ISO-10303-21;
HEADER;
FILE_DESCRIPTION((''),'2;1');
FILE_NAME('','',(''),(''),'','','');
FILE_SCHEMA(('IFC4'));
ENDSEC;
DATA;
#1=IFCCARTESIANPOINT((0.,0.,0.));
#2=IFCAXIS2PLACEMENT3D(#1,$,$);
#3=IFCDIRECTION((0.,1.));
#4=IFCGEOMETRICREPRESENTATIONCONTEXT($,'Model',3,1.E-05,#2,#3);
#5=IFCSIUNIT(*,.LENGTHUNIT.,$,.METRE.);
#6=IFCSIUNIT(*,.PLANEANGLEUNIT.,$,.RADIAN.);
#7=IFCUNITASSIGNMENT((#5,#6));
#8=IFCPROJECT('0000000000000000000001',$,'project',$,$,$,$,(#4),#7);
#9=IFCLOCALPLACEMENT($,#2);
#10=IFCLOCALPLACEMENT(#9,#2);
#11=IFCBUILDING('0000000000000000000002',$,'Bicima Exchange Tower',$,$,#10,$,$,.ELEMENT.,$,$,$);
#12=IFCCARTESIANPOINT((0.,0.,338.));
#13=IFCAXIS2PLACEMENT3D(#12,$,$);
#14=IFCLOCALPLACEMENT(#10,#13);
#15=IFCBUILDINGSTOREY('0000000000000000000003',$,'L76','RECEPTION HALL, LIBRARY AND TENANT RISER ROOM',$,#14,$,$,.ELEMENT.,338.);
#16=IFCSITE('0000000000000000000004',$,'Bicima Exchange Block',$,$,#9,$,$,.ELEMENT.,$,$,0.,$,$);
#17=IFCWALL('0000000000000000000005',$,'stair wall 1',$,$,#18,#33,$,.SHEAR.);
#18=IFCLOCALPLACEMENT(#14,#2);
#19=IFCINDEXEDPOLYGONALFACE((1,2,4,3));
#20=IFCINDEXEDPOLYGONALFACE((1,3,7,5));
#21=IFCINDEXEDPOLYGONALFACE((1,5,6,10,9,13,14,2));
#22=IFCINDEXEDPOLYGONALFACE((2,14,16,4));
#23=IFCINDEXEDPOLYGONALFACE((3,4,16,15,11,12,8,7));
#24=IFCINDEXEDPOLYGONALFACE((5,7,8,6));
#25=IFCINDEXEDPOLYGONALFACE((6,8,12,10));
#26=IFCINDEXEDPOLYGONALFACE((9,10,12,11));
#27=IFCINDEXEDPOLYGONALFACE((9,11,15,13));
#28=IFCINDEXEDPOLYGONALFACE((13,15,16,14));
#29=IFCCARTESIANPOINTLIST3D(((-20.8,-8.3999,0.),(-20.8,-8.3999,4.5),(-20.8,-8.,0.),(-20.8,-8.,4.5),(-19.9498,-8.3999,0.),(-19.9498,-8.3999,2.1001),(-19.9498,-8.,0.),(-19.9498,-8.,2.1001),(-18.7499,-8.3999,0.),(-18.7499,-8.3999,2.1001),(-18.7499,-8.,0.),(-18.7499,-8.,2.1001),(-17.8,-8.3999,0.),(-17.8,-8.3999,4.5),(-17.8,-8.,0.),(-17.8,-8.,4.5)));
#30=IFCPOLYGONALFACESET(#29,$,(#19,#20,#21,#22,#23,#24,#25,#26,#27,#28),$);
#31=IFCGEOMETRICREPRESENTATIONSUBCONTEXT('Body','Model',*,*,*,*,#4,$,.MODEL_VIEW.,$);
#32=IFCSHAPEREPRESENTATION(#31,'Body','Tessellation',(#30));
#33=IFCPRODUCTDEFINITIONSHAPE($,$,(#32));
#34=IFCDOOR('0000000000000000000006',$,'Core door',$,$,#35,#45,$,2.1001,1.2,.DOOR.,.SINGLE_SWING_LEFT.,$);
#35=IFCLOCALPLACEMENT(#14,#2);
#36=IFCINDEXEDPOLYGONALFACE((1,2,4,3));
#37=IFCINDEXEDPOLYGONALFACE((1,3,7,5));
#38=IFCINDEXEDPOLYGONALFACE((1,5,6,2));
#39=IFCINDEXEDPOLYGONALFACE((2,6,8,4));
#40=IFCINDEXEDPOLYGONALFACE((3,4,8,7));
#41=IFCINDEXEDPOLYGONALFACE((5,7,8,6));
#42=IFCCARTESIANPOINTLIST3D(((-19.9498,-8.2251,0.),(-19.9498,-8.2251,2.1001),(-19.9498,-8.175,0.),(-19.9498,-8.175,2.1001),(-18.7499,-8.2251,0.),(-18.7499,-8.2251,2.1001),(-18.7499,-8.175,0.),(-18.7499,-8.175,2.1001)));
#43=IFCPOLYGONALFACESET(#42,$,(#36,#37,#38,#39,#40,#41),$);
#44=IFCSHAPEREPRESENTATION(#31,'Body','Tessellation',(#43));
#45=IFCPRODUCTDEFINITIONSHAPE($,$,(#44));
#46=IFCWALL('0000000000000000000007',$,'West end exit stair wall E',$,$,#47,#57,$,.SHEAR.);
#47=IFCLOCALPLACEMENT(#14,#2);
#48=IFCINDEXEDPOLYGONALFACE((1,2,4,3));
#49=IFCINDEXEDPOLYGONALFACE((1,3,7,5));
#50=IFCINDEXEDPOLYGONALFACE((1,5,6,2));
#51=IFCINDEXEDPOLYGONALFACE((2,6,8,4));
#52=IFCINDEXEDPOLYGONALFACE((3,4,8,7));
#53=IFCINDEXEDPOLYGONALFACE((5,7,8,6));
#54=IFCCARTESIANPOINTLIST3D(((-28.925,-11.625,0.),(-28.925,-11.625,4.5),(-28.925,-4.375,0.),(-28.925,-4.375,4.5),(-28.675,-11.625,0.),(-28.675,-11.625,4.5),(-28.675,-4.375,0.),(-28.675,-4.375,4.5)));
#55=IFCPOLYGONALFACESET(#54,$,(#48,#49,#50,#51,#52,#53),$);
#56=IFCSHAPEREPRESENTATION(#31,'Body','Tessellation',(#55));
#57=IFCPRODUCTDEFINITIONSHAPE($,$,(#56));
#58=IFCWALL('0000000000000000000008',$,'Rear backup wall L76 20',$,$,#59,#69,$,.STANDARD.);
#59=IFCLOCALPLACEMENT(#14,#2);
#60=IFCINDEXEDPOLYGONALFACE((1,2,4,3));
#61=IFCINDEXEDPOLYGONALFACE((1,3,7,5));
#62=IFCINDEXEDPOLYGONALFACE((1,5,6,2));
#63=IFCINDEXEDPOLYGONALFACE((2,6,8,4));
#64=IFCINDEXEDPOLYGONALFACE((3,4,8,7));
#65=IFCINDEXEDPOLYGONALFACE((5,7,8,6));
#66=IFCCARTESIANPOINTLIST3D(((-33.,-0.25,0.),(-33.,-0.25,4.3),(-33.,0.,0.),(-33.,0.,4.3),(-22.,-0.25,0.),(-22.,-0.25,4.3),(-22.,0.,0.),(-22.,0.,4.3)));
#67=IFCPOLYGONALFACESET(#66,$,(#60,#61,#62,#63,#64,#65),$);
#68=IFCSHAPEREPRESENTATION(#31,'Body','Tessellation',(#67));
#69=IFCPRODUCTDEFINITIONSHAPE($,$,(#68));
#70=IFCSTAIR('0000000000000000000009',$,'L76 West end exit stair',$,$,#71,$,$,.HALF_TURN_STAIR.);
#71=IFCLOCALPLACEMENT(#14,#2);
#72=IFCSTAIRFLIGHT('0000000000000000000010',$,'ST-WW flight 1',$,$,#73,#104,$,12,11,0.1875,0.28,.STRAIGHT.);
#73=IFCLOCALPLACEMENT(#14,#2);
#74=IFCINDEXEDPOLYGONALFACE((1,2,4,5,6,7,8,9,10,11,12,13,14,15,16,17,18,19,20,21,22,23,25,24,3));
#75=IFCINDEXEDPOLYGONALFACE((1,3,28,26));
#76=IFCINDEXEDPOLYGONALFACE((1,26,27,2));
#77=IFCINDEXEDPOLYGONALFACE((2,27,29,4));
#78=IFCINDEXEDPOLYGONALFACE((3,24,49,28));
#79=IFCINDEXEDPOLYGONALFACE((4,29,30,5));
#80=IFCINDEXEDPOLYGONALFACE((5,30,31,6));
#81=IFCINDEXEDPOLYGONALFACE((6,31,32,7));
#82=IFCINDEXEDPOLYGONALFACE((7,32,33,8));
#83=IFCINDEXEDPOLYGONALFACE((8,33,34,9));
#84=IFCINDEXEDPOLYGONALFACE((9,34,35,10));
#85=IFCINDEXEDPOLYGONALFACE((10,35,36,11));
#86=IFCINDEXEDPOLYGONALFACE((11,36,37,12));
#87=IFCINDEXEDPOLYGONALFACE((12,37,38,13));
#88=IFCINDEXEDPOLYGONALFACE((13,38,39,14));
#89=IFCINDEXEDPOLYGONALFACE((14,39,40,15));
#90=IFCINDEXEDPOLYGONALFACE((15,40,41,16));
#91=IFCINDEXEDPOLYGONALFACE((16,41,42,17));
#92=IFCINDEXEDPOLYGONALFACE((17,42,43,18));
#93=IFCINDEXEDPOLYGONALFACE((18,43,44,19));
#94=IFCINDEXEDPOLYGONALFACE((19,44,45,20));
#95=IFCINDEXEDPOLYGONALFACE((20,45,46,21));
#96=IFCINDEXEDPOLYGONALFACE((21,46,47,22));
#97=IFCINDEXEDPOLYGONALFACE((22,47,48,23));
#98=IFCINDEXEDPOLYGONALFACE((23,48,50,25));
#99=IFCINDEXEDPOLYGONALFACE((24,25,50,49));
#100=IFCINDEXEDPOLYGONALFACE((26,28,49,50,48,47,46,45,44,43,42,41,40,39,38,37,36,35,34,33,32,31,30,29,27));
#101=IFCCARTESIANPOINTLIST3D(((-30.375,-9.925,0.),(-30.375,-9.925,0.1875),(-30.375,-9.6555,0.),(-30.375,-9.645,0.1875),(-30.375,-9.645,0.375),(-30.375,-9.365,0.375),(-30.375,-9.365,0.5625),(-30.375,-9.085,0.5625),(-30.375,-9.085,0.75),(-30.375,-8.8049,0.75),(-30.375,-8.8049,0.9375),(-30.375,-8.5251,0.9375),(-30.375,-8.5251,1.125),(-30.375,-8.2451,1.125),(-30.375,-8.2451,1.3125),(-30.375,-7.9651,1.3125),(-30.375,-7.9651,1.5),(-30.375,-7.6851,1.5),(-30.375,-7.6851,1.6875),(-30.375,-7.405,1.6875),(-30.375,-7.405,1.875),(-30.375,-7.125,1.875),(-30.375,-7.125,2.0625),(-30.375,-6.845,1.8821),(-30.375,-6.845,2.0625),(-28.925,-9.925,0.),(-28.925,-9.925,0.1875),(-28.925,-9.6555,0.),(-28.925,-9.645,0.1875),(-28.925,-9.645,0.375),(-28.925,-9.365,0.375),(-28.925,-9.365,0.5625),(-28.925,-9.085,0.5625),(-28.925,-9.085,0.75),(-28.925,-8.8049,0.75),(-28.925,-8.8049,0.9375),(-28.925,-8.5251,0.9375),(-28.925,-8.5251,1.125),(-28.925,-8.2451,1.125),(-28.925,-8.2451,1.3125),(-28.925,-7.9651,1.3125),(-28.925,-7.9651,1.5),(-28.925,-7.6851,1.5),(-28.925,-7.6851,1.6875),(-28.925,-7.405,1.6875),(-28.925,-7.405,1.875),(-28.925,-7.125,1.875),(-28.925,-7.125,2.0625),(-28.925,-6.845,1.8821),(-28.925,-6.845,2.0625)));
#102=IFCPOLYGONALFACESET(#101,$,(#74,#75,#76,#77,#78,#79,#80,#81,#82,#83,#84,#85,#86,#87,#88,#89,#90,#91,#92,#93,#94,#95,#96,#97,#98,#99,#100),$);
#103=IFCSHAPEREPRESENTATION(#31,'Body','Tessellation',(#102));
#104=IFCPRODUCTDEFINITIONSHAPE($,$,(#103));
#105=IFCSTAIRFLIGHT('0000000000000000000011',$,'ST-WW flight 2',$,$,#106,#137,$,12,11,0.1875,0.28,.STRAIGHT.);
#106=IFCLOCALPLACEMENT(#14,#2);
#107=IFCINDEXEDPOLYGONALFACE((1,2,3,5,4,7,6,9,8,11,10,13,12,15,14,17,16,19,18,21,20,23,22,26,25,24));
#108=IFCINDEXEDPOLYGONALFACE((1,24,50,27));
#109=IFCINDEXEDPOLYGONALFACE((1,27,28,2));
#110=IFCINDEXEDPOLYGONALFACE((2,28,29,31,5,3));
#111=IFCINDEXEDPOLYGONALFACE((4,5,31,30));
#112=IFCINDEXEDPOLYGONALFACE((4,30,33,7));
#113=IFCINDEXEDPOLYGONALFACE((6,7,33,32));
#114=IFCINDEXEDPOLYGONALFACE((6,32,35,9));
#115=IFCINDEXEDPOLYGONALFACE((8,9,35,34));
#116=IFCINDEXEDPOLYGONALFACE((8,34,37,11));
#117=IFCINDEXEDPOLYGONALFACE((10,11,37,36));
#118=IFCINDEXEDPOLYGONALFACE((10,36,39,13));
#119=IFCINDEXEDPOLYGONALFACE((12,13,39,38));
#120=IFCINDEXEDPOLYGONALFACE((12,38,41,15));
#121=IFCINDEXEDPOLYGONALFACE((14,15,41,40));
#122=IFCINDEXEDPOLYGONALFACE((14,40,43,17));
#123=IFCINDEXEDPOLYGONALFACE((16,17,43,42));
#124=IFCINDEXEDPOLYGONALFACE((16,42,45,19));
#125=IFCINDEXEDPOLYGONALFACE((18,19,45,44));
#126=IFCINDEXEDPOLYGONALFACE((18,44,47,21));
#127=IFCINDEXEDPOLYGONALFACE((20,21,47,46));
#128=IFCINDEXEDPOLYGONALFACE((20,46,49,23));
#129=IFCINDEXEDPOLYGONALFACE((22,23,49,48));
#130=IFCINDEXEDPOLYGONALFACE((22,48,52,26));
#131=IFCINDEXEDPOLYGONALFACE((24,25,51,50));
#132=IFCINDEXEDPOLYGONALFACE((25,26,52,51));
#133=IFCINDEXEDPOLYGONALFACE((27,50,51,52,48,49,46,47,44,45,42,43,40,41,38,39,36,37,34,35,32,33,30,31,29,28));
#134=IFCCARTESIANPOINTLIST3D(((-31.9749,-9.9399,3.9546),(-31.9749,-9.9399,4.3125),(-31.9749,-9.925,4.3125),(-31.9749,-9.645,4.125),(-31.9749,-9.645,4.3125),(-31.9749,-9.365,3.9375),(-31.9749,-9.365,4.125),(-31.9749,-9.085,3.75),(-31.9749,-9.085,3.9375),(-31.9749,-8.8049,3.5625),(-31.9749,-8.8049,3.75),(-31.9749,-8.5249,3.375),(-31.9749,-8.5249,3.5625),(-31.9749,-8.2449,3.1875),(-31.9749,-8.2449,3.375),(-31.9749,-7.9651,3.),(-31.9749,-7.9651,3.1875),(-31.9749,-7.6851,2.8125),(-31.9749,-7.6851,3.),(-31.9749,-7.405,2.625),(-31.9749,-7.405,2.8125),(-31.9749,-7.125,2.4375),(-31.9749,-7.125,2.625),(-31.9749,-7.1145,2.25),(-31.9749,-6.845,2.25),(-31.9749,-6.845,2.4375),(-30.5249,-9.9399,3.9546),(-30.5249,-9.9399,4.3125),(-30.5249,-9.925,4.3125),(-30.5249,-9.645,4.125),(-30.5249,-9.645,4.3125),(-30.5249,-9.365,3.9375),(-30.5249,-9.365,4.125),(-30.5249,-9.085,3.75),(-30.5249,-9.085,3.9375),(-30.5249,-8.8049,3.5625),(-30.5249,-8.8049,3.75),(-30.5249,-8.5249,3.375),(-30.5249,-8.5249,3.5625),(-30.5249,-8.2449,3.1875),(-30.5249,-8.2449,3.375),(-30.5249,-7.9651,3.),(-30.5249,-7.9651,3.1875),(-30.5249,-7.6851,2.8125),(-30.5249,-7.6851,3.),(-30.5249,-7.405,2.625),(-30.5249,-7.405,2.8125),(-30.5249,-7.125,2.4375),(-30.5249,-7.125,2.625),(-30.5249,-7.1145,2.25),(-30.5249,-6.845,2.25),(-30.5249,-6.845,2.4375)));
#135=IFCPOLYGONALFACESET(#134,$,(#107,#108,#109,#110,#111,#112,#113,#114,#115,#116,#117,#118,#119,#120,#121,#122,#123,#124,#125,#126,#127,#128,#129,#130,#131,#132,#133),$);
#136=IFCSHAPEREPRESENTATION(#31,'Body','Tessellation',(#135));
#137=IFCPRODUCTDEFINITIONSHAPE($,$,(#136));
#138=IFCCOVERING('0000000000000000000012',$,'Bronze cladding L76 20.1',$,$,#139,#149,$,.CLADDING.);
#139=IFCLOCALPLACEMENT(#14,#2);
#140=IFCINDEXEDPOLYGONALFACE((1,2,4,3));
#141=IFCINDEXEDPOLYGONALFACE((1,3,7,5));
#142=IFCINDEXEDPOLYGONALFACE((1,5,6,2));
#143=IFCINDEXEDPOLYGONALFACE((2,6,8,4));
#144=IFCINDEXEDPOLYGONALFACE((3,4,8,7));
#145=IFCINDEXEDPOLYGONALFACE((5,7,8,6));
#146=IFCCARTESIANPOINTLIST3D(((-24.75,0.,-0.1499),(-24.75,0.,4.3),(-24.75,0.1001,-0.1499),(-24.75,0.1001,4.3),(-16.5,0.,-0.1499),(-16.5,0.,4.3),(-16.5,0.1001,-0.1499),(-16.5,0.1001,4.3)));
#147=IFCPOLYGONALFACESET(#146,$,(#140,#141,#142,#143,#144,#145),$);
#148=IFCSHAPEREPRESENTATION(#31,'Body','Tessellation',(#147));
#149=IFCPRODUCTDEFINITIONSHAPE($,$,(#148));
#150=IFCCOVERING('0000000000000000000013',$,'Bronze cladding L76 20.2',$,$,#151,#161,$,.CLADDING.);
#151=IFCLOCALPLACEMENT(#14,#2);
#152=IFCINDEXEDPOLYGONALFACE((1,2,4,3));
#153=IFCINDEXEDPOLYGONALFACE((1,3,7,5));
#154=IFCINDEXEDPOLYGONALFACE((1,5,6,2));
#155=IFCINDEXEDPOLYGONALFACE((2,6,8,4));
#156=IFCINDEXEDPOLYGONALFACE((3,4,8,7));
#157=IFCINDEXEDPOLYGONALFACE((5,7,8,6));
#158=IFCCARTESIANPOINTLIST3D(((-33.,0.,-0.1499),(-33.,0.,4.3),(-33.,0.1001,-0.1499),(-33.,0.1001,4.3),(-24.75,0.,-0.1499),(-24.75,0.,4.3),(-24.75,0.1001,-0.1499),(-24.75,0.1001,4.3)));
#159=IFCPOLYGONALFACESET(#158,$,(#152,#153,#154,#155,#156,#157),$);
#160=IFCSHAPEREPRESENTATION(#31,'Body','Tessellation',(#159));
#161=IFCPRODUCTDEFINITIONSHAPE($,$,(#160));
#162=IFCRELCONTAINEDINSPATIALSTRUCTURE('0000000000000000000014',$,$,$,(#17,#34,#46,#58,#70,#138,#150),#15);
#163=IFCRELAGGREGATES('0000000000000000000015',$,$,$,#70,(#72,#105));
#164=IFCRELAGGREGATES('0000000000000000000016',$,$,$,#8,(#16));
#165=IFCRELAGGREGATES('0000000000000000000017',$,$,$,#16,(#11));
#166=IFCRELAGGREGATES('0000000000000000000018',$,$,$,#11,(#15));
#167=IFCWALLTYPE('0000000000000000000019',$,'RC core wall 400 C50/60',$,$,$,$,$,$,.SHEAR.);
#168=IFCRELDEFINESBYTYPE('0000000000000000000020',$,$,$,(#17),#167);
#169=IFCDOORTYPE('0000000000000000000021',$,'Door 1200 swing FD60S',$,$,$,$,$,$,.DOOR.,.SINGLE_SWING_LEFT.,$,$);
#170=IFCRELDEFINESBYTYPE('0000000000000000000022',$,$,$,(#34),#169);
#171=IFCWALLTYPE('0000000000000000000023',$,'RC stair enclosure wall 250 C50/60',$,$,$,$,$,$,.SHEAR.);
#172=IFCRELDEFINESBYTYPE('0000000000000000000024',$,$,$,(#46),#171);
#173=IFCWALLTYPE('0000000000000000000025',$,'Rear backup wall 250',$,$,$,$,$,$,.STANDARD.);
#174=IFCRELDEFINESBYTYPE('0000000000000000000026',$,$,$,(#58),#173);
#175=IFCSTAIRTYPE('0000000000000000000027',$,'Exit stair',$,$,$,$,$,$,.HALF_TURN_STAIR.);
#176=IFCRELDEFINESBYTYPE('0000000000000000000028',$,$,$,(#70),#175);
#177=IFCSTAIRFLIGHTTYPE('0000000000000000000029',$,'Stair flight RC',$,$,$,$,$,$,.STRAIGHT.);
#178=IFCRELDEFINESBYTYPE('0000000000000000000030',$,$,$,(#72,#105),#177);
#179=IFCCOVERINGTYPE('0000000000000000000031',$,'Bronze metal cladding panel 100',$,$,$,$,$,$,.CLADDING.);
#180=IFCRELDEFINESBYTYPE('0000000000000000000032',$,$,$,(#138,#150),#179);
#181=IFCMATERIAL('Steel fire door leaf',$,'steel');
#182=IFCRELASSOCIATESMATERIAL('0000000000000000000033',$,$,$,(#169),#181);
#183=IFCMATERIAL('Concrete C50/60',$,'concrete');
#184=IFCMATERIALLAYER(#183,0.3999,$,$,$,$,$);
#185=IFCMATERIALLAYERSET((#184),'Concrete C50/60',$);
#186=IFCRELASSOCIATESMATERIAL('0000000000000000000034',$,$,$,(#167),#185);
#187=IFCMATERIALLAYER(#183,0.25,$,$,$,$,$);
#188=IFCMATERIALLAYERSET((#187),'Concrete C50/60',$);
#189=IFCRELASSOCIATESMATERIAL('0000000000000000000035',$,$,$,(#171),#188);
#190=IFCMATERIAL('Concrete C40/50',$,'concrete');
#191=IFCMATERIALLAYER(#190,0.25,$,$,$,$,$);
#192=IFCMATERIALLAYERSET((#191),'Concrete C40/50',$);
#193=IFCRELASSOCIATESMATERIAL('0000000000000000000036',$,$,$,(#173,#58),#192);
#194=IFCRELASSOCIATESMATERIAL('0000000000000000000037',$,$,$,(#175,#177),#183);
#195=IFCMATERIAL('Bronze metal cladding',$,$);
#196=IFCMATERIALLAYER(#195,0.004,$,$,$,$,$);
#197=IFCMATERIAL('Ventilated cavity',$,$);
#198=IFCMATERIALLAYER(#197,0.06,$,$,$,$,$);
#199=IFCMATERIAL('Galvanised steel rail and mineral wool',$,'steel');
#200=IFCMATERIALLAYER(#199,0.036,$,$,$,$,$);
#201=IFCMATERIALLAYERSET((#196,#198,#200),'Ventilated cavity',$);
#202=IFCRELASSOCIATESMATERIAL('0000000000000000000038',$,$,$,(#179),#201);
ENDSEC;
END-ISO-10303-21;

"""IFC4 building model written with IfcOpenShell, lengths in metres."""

from ifc_helpers import new_model, si_unit, direction, frame, frame_2d, origin, origin_2d, place, context, subcontext, project, spatial, polyline, rectangle, outline, extrude, material, layer, layer_set, layer_usage, type_object, element, fill, aggregate, save


model = new_model("IFC4")

# Units and contexts
model_context = context("Model", 3, precision=1e-05, world=origin(), true_north=direction((0.0, 1.0)))
body_context = subcontext(model_context, "Body", "Model", "MODEL_VIEW")
ifc_project = project(units=[si_unit("LENGTHUNIT", "METRE"), si_unit("PLANEANGLEUNIT", "RADIAN")], contexts=[model_context])

# Site, building, storey
site_placement = place(None, origin())
site = spatial("IfcSite", under=ifc_project, at=site_placement, Name="Bicima Exchange Block", CompositionType="ELEMENT", RefElevation=0.0)
building_placement = place(site_placement, origin())
building = spatial("IfcBuilding", under=site, at=building_placement, Name="Bicima Exchange Tower", CompositionType="ELEMENT")
storey_placement = place(building_placement, frame((0.0, 0.0, 338.0)))
storey = spatial("IfcBuildingStorey", under=building, at=storey_placement, Name="L76", Description="RECEPTION HALL, LIBRARY AND TENANT RISER ROOM", CompositionType="ELEMENT", Elevation=338.0)

# Shared definitions
ifc_material_1 = material(Name="Concrete C40/50", Category="concrete")
ifc_material_2 = material(Name="Steel fire door leaf", Category="steel")
door_type_1 = type_object("IfcDoorType", Name="Door 1200 swing FD60S", OperationType="SINGLE_SWING_LEFT", PredefinedType="DOOR", material=ifc_material_2)

# Wall, opening, door
ifc_material_3 = material(Name="Concrete C50/60", Category="concrete")
ifc_layer_1 = layer(ifc_material_3, 0.3999)
ifc_layer_set_1 = layer_set([ifc_layer_1], Name="Concrete C50/60")
wall_type_1 = type_object("IfcWallType", Name="RC core wall 400 C50/60", PredefinedType="SHEAR", material=ifc_layer_set_1)
wall_1_placement = place(storey_placement, frame((-20.8, -8.2, 0.0), z_axis=(0.0, 0.0, 1.0), x_axis=(1.0, 0.0, 0.0)))
wall_1 = element("IfcWall", 1, at=wall_1_placement, inside=storey, type_object=wall_type_1, Name="stair wall 1", PredefinedType="SHEAR", context=body_context, shape_type="SweptSolid", body=[
    extrude(rectangle(XDim=3.0, YDim=0.3999, at=frame_2d((1.5, 0.0))), origin(), (0.0, 0.0, 1.0), 4.5),
])
opening_1_placement = place(wall_1_placement, frame((0.8501, 0.0, 0.0)))
opening_1 = element("IfcOpeningElement", 2, at=opening_1_placement, cuts=wall_1, PredefinedType="OPENING", context=body_context, shape_type="SweptSolid", body=[
    extrude(rectangle(XDim=1.2, YDim=2.1001, at=frame_2d((0.6001, 1.05))), frame((0.0, 0.2119, 0.0), z_axis=(0.0, -1.0, 0.0), x_axis=(1.0, 0.0, 0.0)), (0.0, 0.0, 1.0), 0.4238),
])
door_1_placement = place(opening_1_placement, origin())
door_1 = element("IfcDoor", 3, at=door_1_placement, inside=storey, type_object=door_type_1, Name="Core door", OperationType="SINGLE_SWING_LEFT", OverallHeight=2.1001, OverallWidth=1.2, PredefinedType="DOOR", context=body_context, shape_type="SweptSolid", body=[
    extrude(rectangle(XDim=1.2, YDim=2.1001, at=frame_2d((0.6001, 1.05))), frame((0.0, 0.0249, 0.0), z_axis=(0.0, -1.0, 0.0), x_axis=(1.0, 0.0, 0.0)), (0.0, 0.0, 1.0), 0.05),
])
fill(opening_1, door_1)

# Walls
ifc_layer_2 = layer(ifc_material_3, 0.25)
ifc_layer_set_2 = layer_set([ifc_layer_2], Name="Concrete C50/60")
wall_type_2 = type_object("IfcWallType", Name="RC stair enclosure wall 250 C50/60", PredefinedType="SHEAR", material=ifc_layer_set_2)
wall_2_placement = place(storey_placement, frame((-28.8, -11.625, 0.0), z_axis=(0.0, 0.0, 1.0), x_axis=(0.0, 1.0, 0.0)))
element("IfcWall", 4, at=wall_2_placement, inside=storey, type_object=wall_type_2, Name="West end exit stair wall E", PredefinedType="SHEAR", context=body_context, shape_type="SweptSolid", body=[
    extrude(rectangle(XDim=7.25, YDim=0.25, at=frame_2d((3.625, 0.0))), origin(), (0.0, 0.0, 1.0), 4.5),
])
ifc_layer_3 = layer(ifc_material_1, 0.25)
ifc_layer_set_3 = layer_set([ifc_layer_3], Name="Concrete C40/50")
ifc_layer_usage = layer_usage(ifc_layer_set_3, "AXIS2", "POSITIVE", -0.125)
wall_type_3 = type_object("IfcWallType", Name="Rear backup wall 250", PredefinedType="STANDARD", material=ifc_layer_set_3)
wall_3_placement = place(storey_placement, frame((-22.0, -0.125, 0.0), z_axis=(0.0, 0.0, 1.0), x_axis=(-1.0, 0.0, 0.0)))
element("IfcWall", 5, at=wall_3_placement, inside=storey, type_object=wall_type_3, material=ifc_layer_usage, Name="Rear backup wall L76 20", PredefinedType="STANDARD", context=body_context, shape_type="SweptSolid", body=[
    extrude(rectangle(XDim=11.0, YDim=0.25, at=frame_2d((5.5, 0.0))), origin(), (0.0, 0.0, 1.0), 4.3),
])

# Stair, stair flights
stair_type = type_object("IfcStairType", Name="Exit stair", PredefinedType="HALF_TURN_STAIR", material=ifc_material_3)
stair_placement = place(storey_placement, origin())
stair = element("IfcStair", 6, at=stair_placement, inside=storey, type_object=stair_type, Name="L76 West end exit stair", PredefinedType="HALF_TURN_STAIR")
stair_flight_type = type_object("IfcStairFlightType", Name="Stair flight RC", PredefinedType="STRAIGHT", material=ifc_material_3)
stair_flight_1_placement = place(storey_placement, frame((-29.6499, -9.925, 0.0), z_axis=(0.0, 0.0, 1.0), x_axis=(0.0, 1.0, 0.0)))
stair_flight_1 = element("IfcStairFlight", 7, at=stair_flight_1_placement, type_object=stair_flight_type, Name="ST-WW flight 1", NumberOfRisers=12, NumberOfTreads=11, PredefinedType="STRAIGHT", RiserHeight=0.1875, TreadLength=0.28, context=body_context, shape_type="SweptSolid", body=[
    extrude(outline(polyline([(0.0, 0.0), (0.0, 0.1875), (0.28, 0.1875), (0.28, 0.375), (0.5601, 0.375), (0.5601, 0.5625), (0.8401, 0.5625), (0.8401, 0.75), (1.1201, 0.75), (1.1201, 0.9375), (1.3999, 0.9375), (1.3999, 1.125), (1.6799, 1.125), (1.6799, 1.3125), (1.96, 1.3125), (1.96, 1.5), (2.24, 1.5), (2.24, 1.6875), (2.52, 1.6875), (2.52, 1.875), (2.8, 1.875), (2.8, 2.0625), (3.0801, 2.0625), (3.0801, 2.25), (3.0801, 1.8821), (0.2695, 0.0), (0.0, 0.0)])), frame((0.0, 0.7251, 0.0), z_axis=(0.0, -1.0, 0.0), x_axis=(1.0, 0.0, 0.0)), (0.0, 0.0, 1.0), 1.45),
])
stair_flight_2_placement = place(storey_placement, frame((-31.25, -6.845, 2.25), z_axis=(0.0, 0.0, 1.0), x_axis=(0.0, -1.0, 0.0)))
stair_flight_2 = element("IfcStairFlight", 8, at=stair_flight_2_placement, type_object=stair_flight_type, Name="ST-WW flight 2", NumberOfRisers=12, NumberOfTreads=11, PredefinedType="STRAIGHT", RiserHeight=0.1875, TreadLength=0.28, context=body_context, shape_type="SweptSolid", body=[
    extrude(outline(polyline([(0.0, 0.0), (0.0, 0.1875), (0.28, 0.1875), (0.28, 0.375), (0.5601, 0.375), (0.5601, 0.5625), (0.8401, 0.5625), (0.8401, 0.75), (1.1201, 0.75), (1.1201, 0.9375), (1.3999, 0.9375), (1.3999, 1.125), (1.6799, 1.125), (1.6799, 1.3125), (1.96, 1.3125), (1.96, 1.5), (2.24, 1.5), (2.24, 1.6875), (2.52, 1.6875), (2.52, 1.875), (2.8, 1.875), (2.8, 2.0625), (3.0801, 2.0625), (3.095, 2.0625), (3.095, 1.7046), (0.2695, 0.0), (0.0, 0.0)])), frame((0.0, 0.7251, 0.0), z_axis=(0.0, -1.0, 0.0), x_axis=(1.0, 0.0, 0.0)), (0.0, 0.0, 1.0), 1.45),
])
aggregate(stair, [stair_flight_1, stair_flight_2])

# Coverings
ifc_material_4 = material(Name="Bronze metal cladding")
ifc_layer_4 = layer(ifc_material_4, 0.004)
ifc_material_5 = material(Name="Ventilated cavity")
ifc_layer_5 = layer(ifc_material_5, 0.06)
ifc_material_6 = material(Name="Galvanised steel rail and mineral wool", Category="steel")
ifc_layer_6 = layer(ifc_material_6, 0.036)
ifc_layer_set_4 = layer_set([ifc_layer_4, ifc_layer_5, ifc_layer_6], Name="Ventilated cavity")
covering_type = type_object("IfcCoveringType", Name="Bronze metal cladding panel 100", PredefinedType="CLADDING", material=ifc_layer_set_4)
for number, where, z_axis, x_axis, name in (
    (9, (-20.625, 0.05, -0.1499), (0.0, 0.0, 1.0), (-1.0, 0.0, 0.0), "Bronze cladding L76 20.1"),
    (10, (-28.875, 0.05, -0.1499), (0.0, 0.0, 1.0), (-1.0, 0.0, 0.0), "Bronze cladding L76 20.2"),
):
    element("IfcCovering", number, at=place(storey_placement, frame(where, z_axis=z_axis, x_axis=x_axis)), inside=storey, type_object=covering_type, Name=name, PredefinedType="CLADDING", context=body_context, shape_type="SweptSolid", body=[
        extrude(rectangle(XDim=8.25, YDim=0.1001, at=origin_2d()), origin(), (0.0, 0.0, 1.0), 4.45),
    ])

save(model, "model.ifc")
